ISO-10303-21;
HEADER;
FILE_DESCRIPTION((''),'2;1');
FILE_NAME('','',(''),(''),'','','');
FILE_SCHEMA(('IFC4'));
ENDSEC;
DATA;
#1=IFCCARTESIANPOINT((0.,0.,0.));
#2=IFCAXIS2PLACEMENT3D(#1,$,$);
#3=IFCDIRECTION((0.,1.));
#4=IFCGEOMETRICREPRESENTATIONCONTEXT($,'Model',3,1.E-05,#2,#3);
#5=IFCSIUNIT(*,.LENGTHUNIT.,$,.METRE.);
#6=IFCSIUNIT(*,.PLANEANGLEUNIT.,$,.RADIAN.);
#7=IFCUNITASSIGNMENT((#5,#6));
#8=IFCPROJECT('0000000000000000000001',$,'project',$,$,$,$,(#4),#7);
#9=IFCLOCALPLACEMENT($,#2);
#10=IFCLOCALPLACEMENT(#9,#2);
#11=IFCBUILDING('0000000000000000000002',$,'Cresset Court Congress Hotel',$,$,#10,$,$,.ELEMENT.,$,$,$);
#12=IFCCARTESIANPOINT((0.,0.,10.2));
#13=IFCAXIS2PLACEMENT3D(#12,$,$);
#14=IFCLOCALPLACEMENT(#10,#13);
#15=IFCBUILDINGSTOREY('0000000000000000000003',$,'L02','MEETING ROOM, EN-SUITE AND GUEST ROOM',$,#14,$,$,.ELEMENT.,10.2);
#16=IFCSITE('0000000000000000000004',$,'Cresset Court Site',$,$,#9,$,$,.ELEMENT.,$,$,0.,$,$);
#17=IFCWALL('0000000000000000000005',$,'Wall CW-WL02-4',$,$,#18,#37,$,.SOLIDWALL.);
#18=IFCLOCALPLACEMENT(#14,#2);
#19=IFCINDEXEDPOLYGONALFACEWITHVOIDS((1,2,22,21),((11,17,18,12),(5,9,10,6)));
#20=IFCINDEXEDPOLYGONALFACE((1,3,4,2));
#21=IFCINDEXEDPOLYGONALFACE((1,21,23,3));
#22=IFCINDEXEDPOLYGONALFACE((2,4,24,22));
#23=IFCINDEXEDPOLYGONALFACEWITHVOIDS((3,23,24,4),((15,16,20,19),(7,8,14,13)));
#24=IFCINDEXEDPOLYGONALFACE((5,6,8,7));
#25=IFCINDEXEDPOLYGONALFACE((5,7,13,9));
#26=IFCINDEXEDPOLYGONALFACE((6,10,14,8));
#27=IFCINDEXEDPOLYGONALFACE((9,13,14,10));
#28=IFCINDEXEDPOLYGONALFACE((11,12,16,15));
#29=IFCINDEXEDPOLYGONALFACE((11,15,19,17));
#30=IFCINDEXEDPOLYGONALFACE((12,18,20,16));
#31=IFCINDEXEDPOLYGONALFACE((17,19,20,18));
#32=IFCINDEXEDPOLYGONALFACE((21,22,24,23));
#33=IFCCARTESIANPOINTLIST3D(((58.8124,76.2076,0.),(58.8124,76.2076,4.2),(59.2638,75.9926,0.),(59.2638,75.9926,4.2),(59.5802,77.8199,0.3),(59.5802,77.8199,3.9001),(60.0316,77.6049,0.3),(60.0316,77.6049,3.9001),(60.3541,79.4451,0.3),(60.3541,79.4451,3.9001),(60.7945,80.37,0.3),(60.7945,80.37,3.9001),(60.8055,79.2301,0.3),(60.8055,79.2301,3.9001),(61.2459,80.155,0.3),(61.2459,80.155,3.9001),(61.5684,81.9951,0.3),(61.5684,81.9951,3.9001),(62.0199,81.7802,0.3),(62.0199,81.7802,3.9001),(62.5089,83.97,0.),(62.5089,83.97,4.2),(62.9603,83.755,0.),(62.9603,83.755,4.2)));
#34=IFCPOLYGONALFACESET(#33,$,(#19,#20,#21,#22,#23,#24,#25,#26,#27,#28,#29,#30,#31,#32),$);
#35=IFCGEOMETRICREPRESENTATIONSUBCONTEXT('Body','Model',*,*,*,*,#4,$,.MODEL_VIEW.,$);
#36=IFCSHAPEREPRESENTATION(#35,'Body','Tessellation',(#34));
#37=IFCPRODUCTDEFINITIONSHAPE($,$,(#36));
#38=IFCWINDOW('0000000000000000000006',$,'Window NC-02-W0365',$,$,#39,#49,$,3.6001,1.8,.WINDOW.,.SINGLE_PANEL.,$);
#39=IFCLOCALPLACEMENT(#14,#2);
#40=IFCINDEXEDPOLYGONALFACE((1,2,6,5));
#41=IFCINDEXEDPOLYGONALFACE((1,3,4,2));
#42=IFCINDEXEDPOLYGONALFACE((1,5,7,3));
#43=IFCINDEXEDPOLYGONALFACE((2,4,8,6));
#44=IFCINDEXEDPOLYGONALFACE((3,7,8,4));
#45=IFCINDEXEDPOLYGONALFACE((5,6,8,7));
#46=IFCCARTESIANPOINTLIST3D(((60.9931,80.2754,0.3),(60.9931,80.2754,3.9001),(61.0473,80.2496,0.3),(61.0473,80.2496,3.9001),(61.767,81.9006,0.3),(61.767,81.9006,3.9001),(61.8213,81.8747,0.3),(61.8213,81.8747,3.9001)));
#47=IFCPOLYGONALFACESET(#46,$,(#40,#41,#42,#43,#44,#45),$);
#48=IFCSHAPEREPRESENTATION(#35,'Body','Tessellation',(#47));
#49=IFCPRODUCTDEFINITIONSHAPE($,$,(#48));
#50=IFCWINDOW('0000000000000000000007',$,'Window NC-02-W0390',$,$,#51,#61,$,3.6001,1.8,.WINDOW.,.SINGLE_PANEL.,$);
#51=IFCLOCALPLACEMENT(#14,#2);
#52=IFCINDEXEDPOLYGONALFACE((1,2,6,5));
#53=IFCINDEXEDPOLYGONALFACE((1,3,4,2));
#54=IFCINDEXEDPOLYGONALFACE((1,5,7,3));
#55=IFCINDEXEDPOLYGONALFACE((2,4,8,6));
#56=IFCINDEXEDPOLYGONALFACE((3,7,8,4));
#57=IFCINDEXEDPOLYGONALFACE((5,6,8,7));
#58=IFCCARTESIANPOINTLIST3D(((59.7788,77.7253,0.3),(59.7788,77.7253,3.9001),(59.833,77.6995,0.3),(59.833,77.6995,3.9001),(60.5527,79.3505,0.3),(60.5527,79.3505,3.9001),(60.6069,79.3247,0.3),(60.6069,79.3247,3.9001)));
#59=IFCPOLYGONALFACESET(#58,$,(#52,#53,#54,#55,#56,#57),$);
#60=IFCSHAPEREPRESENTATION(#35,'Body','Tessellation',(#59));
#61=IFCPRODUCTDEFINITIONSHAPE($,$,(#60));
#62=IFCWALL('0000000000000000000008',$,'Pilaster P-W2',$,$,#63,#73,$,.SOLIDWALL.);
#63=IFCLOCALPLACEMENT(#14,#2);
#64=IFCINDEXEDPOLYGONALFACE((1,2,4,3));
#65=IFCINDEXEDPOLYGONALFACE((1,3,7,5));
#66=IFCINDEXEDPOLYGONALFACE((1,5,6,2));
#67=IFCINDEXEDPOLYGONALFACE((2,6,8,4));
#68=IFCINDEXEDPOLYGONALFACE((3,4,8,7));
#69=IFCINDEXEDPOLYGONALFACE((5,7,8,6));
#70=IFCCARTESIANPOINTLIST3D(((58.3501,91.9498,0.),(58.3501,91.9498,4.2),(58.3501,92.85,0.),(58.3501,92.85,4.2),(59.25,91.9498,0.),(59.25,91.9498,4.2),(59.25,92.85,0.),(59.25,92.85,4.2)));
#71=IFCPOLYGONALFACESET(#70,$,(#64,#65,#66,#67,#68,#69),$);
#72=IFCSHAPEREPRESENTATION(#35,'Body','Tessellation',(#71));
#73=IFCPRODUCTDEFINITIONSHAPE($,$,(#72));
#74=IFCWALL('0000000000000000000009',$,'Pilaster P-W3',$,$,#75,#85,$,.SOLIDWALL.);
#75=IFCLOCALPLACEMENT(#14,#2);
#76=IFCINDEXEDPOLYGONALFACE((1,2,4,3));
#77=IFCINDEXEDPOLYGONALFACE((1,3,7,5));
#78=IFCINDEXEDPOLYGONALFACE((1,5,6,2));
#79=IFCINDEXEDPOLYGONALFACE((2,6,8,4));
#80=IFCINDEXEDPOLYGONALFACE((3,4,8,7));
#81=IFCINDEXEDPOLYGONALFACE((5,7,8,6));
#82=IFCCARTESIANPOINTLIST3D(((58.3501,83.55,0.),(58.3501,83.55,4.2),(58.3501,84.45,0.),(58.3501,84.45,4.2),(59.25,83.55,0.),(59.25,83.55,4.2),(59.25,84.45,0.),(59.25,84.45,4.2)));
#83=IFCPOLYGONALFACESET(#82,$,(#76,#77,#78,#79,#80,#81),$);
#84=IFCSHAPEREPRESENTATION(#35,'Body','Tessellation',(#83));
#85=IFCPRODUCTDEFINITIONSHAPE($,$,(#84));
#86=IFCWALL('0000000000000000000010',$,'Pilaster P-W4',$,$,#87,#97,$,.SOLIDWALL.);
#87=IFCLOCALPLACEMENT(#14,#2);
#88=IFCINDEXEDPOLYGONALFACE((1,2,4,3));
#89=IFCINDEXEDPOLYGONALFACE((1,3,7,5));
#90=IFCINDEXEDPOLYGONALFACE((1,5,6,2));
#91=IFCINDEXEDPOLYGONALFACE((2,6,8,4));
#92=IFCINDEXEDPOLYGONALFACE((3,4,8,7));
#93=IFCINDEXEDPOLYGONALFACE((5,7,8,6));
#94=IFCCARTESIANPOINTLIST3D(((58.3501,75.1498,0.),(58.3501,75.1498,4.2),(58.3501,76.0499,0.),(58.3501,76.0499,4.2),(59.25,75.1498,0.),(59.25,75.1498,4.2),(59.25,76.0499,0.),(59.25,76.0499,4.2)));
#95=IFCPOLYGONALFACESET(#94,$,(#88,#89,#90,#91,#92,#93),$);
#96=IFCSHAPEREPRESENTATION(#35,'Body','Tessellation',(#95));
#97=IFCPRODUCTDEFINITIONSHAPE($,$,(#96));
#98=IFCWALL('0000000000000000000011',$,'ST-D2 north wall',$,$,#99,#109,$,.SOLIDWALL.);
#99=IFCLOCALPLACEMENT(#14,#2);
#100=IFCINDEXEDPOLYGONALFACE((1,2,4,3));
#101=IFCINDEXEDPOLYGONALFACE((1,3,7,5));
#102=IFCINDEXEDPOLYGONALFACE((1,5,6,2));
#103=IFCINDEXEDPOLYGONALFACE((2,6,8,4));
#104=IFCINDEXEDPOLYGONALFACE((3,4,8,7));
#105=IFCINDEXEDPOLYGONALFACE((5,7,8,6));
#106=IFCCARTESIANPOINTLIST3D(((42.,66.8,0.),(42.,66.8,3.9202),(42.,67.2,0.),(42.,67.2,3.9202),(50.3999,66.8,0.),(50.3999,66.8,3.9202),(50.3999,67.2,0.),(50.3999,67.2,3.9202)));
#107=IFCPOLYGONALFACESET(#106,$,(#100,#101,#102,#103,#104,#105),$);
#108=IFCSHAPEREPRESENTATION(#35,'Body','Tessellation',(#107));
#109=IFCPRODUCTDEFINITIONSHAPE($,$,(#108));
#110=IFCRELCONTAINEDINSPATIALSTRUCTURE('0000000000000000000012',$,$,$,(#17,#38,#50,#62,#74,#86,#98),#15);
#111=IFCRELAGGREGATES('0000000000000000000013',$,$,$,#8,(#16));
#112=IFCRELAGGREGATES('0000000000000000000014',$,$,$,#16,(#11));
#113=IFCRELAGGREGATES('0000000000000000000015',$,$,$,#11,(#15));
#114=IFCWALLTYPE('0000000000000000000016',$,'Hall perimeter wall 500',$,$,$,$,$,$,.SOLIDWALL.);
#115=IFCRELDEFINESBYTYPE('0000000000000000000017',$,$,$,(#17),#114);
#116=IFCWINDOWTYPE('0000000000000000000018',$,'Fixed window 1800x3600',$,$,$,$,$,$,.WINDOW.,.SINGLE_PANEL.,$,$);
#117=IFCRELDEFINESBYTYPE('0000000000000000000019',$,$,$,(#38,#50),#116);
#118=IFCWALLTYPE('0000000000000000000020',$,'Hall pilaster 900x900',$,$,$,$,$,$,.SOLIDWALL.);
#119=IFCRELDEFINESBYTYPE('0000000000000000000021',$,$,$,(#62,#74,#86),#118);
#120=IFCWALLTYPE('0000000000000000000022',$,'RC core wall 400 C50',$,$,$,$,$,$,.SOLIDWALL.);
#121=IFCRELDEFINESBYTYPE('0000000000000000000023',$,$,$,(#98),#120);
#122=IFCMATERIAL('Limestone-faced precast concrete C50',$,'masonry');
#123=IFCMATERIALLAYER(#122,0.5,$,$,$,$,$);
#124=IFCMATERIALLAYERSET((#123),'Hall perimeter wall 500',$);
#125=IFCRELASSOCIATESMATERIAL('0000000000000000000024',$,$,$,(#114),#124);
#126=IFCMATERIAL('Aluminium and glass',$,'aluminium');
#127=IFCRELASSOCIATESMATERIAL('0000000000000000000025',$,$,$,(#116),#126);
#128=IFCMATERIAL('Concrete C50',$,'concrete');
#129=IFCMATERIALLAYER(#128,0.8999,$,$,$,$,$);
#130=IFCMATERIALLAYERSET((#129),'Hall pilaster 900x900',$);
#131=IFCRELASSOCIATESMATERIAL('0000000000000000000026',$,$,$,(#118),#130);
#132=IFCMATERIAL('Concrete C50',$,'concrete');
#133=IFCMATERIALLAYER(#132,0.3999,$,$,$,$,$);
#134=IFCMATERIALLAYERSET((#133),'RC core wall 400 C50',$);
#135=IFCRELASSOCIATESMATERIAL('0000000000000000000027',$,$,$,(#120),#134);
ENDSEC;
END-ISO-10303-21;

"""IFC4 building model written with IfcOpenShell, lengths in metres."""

from ifc_helpers import new_model, si_unit, direction, frame, frame_2d, origin, place, context, subcontext, project, spatial, rectangle, extrude, material, layer, layer_set, type_object, element, fill, save


model = new_model("IFC4")

# Units and contexts
model_context = context("Model", 3, precision=1e-05, world=origin(), true_north=direction((0.0, 1.0)))
body_context = subcontext(model_context, "Body", "Model", "MODEL_VIEW")
ifc_project = project(units=[si_unit("LENGTHUNIT", "METRE"), si_unit("PLANEANGLEUNIT", "RADIAN")], contexts=[model_context])

# Site, building, storey
site_placement = place(None, origin())
site = spatial("IfcSite", under=ifc_project, at=site_placement, Name="Cresset Court Site", CompositionType="ELEMENT", RefElevation=0.0)
building_placement = place(site_placement, origin())
building = spatial("IfcBuilding", under=site, at=building_placement, Name="Cresset Court Congress Hotel", CompositionType="ELEMENT")
storey_placement = place(building_placement, frame((0.0, 0.0, 10.2)))
storey = spatial("IfcBuildingStorey", under=building, at=storey_placement, Name="L02", Description="MEETING ROOM, EN-SUITE AND GUEST ROOM", CompositionType="ELEMENT", Elevation=10.2)

# Wall, openings, windows
ifc_material_1 = material(Name="Limestone-faced precast concrete C50", Category="masonry")
ifc_layer_1 = layer(ifc_material_1, 0.5)
ifc_layer_set_1 = layer_set([ifc_layer_1], Name="Hall perimeter wall 500")
wall_type_1 = type_object("IfcWallType", Name="Hall perimeter wall 500", PredefinedType="SOLIDWALL", material=ifc_layer_set_1)
ifc_material_2 = material(Name="Aluminium and glass", Category="aluminium")
window_type = type_object("IfcWindowType", Name="Fixed window 1800x3600", PartitioningType="SINGLE_PANEL", PredefinedType="WINDOW", material=ifc_material_2)
wall_1_placement = place(storey_placement, frame((59.0381, 76.1001, 0.0), z_axis=(0.0, 0.0, 1.0), x_axis=(0.429946, 0.902855, 0.0)))
wall_1 = element("IfcWall", 1, at=wall_1_placement, inside=storey, type_object=wall_type_1, Name="Wall CW-WL02-4", PredefinedType="SOLIDWALL", context=body_context, shape_type="SweptSolid", body=[
    extrude(rectangle(XDim=8.5977, YDim=0.5, at=frame_2d((4.2988, 0.0))), origin(), (0.0, 0.0, 1.0), 4.2),
])
opening_1_placement = place(wall_1_placement, frame((4.6104, 0.0, 0.3)))
opening_1 = element("IfcOpeningElement", 2, at=opening_1_placement, cuts=wall_1, PredefinedType="OPENING", context=body_context, shape_type="SweptSolid", body=[
    extrude(rectangle(XDim=1.8, YDim=3.6001, at=frame_2d((0.8999, 1.8))), frame((0.0, 0.26, 0.0), z_axis=(0.0, -1.0, 0.0), x_axis=(1.0, 0.0, 0.0)), (0.0, 0.0, 1.0), 0.52),
])
opening_2_placement = place(wall_1_placement, frame((1.7859, 0.0, 0.3)))
opening_2 = element("IfcOpeningElement", 3, at=opening_2_placement, cuts=wall_1, PredefinedType="OPENING", context=body_context, shape_type="SweptSolid", body=[
    extrude(rectangle(XDim=1.8, YDim=3.6001, at=frame_2d((0.8999, 1.8))), frame((0.0, 0.26, 0.0), z_axis=(0.0, -1.0, 0.0), x_axis=(1.0, 0.0, 0.0)), (0.0, 0.0, 1.0), 0.52),
])
window_1_placement = place(opening_1_placement, origin())
window_1 = element("IfcWindow", 4, at=window_1_placement, inside=storey, type_object=window_type, Name="Window NC-02-W0365", OverallHeight=3.6001, OverallWidth=1.8, PartitioningType="SINGLE_PANEL", PredefinedType="WINDOW", context=body_context, shape_type="SweptSolid", body=[
    extrude(rectangle(XDim=1.8, YDim=3.6001, at=frame_2d((0.8999, 1.8))), frame((0.0, 0.03, 0.0), z_axis=(0.0, -1.0, 0.0), x_axis=(1.0, 0.0, 0.0)), (0.0, 0.0, 1.0), 0.0601),
])
fill(opening_1, window_1)
window_2_placement = place(opening_2_placement, origin())
window_2 = element("IfcWindow", 5, at=window_2_placement, inside=storey, type_object=window_type, Name="Window NC-02-W0390", OverallHeight=3.6001, OverallWidth=1.8, PartitioningType="SINGLE_PANEL", PredefinedType="WINDOW", context=body_context, shape_type="SweptSolid", body=[
    extrude(rectangle(XDim=1.8, YDim=3.6001, at=frame_2d((0.8999, 1.8))), frame((0.0, 0.03, 0.0), z_axis=(0.0, -1.0, 0.0), x_axis=(1.0, 0.0, 0.0)), (0.0, 0.0, 1.0), 0.0601),
])
fill(opening_2, window_2)

# Walls
ifc_material_3 = material(Name="Concrete C50", Category="concrete")
ifc_layer_2 = layer(ifc_material_3, 0.8999)
ifc_layer_set_2 = layer_set([ifc_layer_2], Name="Hall pilaster 900x900")
wall_type_2 = type_object("IfcWallType", Name="Hall pilaster 900x900", PredefinedType="SOLIDWALL", material=ifc_layer_set_2)
wall_2_placement = place(storey_placement, frame((58.8, 92.8501, 0.0), z_axis=(0.0, 0.0, 1.0), x_axis=(0.0, -1.0, 0.0)))
element("IfcWall", 6, at=wall_2_placement, inside=storey, type_object=wall_type_2, Name="Pilaster P-W2", PredefinedType="SOLIDWALL", context=body_context, shape_type="SweptSolid", body=[
    extrude(rectangle(XDim=0.9001, YDim=0.8999, at=frame_2d((0.4502, 0.0))), origin(), (0.0, 0.0, 1.0), 4.2),
])
wall_3_placement = place(storey_placement, frame((58.8, 84.45, 0.0), z_axis=(0.0, 0.0, 1.0), x_axis=(0.0, -1.0, 0.0)))
element("IfcWall", 7, at=wall_3_placement, inside=storey, type_object=wall_type_2, Name="Pilaster P-W3", PredefinedType="SOLIDWALL", context=body_context, shape_type="SweptSolid", body=[
    extrude(rectangle(XDim=0.8999, YDim=0.8999, at=frame_2d((0.45, 0.0))), origin(), (0.0, 0.0, 1.0), 4.2),
])
wall_4_placement = place(storey_placement, frame((58.8, 76.05, 0.0), z_axis=(0.0, 0.0, 1.0), x_axis=(0.0, -1.0, 0.0)))
element("IfcWall", 8, at=wall_4_placement, inside=storey, type_object=wall_type_2, Name="Pilaster P-W4", PredefinedType="SOLIDWALL", context=body_context, shape_type="SweptSolid", body=[
    extrude(rectangle(XDim=0.9001, YDim=0.8999, at=frame_2d((0.4502, 0.0))), origin(), (0.0, 0.0, 1.0), 4.2),
])
ifc_material_4 = material(Name="Concrete C50", Category="concrete")
ifc_layer_3 = layer(ifc_material_4, 0.3999)
ifc_layer_set_3 = layer_set([ifc_layer_3], Name="RC core wall 400 C50")
wall_type_3 = type_object("IfcWallType", Name="RC core wall 400 C50", PredefinedType="SOLIDWALL", material=ifc_layer_set_3)
wall_5_placement = place(storey_placement, frame((42.0, 67.0, 0.0), z_axis=(0.0, 0.0, 1.0), x_axis=(1.0, 0.0, 0.0)))
element("IfcWall", 9, at=wall_5_placement, inside=storey, type_object=wall_type_3, Name="ST-D2 north wall", PredefinedType="SOLIDWALL", context=body_context, shape_type="SweptSolid", body=[
    extrude(rectangle(XDim=8.3999, YDim=0.3999, at=frame_2d((4.2, 0.0))), origin(), (0.0, 0.0, 1.0), 3.9202),
])

save(model, "model.ifc")
